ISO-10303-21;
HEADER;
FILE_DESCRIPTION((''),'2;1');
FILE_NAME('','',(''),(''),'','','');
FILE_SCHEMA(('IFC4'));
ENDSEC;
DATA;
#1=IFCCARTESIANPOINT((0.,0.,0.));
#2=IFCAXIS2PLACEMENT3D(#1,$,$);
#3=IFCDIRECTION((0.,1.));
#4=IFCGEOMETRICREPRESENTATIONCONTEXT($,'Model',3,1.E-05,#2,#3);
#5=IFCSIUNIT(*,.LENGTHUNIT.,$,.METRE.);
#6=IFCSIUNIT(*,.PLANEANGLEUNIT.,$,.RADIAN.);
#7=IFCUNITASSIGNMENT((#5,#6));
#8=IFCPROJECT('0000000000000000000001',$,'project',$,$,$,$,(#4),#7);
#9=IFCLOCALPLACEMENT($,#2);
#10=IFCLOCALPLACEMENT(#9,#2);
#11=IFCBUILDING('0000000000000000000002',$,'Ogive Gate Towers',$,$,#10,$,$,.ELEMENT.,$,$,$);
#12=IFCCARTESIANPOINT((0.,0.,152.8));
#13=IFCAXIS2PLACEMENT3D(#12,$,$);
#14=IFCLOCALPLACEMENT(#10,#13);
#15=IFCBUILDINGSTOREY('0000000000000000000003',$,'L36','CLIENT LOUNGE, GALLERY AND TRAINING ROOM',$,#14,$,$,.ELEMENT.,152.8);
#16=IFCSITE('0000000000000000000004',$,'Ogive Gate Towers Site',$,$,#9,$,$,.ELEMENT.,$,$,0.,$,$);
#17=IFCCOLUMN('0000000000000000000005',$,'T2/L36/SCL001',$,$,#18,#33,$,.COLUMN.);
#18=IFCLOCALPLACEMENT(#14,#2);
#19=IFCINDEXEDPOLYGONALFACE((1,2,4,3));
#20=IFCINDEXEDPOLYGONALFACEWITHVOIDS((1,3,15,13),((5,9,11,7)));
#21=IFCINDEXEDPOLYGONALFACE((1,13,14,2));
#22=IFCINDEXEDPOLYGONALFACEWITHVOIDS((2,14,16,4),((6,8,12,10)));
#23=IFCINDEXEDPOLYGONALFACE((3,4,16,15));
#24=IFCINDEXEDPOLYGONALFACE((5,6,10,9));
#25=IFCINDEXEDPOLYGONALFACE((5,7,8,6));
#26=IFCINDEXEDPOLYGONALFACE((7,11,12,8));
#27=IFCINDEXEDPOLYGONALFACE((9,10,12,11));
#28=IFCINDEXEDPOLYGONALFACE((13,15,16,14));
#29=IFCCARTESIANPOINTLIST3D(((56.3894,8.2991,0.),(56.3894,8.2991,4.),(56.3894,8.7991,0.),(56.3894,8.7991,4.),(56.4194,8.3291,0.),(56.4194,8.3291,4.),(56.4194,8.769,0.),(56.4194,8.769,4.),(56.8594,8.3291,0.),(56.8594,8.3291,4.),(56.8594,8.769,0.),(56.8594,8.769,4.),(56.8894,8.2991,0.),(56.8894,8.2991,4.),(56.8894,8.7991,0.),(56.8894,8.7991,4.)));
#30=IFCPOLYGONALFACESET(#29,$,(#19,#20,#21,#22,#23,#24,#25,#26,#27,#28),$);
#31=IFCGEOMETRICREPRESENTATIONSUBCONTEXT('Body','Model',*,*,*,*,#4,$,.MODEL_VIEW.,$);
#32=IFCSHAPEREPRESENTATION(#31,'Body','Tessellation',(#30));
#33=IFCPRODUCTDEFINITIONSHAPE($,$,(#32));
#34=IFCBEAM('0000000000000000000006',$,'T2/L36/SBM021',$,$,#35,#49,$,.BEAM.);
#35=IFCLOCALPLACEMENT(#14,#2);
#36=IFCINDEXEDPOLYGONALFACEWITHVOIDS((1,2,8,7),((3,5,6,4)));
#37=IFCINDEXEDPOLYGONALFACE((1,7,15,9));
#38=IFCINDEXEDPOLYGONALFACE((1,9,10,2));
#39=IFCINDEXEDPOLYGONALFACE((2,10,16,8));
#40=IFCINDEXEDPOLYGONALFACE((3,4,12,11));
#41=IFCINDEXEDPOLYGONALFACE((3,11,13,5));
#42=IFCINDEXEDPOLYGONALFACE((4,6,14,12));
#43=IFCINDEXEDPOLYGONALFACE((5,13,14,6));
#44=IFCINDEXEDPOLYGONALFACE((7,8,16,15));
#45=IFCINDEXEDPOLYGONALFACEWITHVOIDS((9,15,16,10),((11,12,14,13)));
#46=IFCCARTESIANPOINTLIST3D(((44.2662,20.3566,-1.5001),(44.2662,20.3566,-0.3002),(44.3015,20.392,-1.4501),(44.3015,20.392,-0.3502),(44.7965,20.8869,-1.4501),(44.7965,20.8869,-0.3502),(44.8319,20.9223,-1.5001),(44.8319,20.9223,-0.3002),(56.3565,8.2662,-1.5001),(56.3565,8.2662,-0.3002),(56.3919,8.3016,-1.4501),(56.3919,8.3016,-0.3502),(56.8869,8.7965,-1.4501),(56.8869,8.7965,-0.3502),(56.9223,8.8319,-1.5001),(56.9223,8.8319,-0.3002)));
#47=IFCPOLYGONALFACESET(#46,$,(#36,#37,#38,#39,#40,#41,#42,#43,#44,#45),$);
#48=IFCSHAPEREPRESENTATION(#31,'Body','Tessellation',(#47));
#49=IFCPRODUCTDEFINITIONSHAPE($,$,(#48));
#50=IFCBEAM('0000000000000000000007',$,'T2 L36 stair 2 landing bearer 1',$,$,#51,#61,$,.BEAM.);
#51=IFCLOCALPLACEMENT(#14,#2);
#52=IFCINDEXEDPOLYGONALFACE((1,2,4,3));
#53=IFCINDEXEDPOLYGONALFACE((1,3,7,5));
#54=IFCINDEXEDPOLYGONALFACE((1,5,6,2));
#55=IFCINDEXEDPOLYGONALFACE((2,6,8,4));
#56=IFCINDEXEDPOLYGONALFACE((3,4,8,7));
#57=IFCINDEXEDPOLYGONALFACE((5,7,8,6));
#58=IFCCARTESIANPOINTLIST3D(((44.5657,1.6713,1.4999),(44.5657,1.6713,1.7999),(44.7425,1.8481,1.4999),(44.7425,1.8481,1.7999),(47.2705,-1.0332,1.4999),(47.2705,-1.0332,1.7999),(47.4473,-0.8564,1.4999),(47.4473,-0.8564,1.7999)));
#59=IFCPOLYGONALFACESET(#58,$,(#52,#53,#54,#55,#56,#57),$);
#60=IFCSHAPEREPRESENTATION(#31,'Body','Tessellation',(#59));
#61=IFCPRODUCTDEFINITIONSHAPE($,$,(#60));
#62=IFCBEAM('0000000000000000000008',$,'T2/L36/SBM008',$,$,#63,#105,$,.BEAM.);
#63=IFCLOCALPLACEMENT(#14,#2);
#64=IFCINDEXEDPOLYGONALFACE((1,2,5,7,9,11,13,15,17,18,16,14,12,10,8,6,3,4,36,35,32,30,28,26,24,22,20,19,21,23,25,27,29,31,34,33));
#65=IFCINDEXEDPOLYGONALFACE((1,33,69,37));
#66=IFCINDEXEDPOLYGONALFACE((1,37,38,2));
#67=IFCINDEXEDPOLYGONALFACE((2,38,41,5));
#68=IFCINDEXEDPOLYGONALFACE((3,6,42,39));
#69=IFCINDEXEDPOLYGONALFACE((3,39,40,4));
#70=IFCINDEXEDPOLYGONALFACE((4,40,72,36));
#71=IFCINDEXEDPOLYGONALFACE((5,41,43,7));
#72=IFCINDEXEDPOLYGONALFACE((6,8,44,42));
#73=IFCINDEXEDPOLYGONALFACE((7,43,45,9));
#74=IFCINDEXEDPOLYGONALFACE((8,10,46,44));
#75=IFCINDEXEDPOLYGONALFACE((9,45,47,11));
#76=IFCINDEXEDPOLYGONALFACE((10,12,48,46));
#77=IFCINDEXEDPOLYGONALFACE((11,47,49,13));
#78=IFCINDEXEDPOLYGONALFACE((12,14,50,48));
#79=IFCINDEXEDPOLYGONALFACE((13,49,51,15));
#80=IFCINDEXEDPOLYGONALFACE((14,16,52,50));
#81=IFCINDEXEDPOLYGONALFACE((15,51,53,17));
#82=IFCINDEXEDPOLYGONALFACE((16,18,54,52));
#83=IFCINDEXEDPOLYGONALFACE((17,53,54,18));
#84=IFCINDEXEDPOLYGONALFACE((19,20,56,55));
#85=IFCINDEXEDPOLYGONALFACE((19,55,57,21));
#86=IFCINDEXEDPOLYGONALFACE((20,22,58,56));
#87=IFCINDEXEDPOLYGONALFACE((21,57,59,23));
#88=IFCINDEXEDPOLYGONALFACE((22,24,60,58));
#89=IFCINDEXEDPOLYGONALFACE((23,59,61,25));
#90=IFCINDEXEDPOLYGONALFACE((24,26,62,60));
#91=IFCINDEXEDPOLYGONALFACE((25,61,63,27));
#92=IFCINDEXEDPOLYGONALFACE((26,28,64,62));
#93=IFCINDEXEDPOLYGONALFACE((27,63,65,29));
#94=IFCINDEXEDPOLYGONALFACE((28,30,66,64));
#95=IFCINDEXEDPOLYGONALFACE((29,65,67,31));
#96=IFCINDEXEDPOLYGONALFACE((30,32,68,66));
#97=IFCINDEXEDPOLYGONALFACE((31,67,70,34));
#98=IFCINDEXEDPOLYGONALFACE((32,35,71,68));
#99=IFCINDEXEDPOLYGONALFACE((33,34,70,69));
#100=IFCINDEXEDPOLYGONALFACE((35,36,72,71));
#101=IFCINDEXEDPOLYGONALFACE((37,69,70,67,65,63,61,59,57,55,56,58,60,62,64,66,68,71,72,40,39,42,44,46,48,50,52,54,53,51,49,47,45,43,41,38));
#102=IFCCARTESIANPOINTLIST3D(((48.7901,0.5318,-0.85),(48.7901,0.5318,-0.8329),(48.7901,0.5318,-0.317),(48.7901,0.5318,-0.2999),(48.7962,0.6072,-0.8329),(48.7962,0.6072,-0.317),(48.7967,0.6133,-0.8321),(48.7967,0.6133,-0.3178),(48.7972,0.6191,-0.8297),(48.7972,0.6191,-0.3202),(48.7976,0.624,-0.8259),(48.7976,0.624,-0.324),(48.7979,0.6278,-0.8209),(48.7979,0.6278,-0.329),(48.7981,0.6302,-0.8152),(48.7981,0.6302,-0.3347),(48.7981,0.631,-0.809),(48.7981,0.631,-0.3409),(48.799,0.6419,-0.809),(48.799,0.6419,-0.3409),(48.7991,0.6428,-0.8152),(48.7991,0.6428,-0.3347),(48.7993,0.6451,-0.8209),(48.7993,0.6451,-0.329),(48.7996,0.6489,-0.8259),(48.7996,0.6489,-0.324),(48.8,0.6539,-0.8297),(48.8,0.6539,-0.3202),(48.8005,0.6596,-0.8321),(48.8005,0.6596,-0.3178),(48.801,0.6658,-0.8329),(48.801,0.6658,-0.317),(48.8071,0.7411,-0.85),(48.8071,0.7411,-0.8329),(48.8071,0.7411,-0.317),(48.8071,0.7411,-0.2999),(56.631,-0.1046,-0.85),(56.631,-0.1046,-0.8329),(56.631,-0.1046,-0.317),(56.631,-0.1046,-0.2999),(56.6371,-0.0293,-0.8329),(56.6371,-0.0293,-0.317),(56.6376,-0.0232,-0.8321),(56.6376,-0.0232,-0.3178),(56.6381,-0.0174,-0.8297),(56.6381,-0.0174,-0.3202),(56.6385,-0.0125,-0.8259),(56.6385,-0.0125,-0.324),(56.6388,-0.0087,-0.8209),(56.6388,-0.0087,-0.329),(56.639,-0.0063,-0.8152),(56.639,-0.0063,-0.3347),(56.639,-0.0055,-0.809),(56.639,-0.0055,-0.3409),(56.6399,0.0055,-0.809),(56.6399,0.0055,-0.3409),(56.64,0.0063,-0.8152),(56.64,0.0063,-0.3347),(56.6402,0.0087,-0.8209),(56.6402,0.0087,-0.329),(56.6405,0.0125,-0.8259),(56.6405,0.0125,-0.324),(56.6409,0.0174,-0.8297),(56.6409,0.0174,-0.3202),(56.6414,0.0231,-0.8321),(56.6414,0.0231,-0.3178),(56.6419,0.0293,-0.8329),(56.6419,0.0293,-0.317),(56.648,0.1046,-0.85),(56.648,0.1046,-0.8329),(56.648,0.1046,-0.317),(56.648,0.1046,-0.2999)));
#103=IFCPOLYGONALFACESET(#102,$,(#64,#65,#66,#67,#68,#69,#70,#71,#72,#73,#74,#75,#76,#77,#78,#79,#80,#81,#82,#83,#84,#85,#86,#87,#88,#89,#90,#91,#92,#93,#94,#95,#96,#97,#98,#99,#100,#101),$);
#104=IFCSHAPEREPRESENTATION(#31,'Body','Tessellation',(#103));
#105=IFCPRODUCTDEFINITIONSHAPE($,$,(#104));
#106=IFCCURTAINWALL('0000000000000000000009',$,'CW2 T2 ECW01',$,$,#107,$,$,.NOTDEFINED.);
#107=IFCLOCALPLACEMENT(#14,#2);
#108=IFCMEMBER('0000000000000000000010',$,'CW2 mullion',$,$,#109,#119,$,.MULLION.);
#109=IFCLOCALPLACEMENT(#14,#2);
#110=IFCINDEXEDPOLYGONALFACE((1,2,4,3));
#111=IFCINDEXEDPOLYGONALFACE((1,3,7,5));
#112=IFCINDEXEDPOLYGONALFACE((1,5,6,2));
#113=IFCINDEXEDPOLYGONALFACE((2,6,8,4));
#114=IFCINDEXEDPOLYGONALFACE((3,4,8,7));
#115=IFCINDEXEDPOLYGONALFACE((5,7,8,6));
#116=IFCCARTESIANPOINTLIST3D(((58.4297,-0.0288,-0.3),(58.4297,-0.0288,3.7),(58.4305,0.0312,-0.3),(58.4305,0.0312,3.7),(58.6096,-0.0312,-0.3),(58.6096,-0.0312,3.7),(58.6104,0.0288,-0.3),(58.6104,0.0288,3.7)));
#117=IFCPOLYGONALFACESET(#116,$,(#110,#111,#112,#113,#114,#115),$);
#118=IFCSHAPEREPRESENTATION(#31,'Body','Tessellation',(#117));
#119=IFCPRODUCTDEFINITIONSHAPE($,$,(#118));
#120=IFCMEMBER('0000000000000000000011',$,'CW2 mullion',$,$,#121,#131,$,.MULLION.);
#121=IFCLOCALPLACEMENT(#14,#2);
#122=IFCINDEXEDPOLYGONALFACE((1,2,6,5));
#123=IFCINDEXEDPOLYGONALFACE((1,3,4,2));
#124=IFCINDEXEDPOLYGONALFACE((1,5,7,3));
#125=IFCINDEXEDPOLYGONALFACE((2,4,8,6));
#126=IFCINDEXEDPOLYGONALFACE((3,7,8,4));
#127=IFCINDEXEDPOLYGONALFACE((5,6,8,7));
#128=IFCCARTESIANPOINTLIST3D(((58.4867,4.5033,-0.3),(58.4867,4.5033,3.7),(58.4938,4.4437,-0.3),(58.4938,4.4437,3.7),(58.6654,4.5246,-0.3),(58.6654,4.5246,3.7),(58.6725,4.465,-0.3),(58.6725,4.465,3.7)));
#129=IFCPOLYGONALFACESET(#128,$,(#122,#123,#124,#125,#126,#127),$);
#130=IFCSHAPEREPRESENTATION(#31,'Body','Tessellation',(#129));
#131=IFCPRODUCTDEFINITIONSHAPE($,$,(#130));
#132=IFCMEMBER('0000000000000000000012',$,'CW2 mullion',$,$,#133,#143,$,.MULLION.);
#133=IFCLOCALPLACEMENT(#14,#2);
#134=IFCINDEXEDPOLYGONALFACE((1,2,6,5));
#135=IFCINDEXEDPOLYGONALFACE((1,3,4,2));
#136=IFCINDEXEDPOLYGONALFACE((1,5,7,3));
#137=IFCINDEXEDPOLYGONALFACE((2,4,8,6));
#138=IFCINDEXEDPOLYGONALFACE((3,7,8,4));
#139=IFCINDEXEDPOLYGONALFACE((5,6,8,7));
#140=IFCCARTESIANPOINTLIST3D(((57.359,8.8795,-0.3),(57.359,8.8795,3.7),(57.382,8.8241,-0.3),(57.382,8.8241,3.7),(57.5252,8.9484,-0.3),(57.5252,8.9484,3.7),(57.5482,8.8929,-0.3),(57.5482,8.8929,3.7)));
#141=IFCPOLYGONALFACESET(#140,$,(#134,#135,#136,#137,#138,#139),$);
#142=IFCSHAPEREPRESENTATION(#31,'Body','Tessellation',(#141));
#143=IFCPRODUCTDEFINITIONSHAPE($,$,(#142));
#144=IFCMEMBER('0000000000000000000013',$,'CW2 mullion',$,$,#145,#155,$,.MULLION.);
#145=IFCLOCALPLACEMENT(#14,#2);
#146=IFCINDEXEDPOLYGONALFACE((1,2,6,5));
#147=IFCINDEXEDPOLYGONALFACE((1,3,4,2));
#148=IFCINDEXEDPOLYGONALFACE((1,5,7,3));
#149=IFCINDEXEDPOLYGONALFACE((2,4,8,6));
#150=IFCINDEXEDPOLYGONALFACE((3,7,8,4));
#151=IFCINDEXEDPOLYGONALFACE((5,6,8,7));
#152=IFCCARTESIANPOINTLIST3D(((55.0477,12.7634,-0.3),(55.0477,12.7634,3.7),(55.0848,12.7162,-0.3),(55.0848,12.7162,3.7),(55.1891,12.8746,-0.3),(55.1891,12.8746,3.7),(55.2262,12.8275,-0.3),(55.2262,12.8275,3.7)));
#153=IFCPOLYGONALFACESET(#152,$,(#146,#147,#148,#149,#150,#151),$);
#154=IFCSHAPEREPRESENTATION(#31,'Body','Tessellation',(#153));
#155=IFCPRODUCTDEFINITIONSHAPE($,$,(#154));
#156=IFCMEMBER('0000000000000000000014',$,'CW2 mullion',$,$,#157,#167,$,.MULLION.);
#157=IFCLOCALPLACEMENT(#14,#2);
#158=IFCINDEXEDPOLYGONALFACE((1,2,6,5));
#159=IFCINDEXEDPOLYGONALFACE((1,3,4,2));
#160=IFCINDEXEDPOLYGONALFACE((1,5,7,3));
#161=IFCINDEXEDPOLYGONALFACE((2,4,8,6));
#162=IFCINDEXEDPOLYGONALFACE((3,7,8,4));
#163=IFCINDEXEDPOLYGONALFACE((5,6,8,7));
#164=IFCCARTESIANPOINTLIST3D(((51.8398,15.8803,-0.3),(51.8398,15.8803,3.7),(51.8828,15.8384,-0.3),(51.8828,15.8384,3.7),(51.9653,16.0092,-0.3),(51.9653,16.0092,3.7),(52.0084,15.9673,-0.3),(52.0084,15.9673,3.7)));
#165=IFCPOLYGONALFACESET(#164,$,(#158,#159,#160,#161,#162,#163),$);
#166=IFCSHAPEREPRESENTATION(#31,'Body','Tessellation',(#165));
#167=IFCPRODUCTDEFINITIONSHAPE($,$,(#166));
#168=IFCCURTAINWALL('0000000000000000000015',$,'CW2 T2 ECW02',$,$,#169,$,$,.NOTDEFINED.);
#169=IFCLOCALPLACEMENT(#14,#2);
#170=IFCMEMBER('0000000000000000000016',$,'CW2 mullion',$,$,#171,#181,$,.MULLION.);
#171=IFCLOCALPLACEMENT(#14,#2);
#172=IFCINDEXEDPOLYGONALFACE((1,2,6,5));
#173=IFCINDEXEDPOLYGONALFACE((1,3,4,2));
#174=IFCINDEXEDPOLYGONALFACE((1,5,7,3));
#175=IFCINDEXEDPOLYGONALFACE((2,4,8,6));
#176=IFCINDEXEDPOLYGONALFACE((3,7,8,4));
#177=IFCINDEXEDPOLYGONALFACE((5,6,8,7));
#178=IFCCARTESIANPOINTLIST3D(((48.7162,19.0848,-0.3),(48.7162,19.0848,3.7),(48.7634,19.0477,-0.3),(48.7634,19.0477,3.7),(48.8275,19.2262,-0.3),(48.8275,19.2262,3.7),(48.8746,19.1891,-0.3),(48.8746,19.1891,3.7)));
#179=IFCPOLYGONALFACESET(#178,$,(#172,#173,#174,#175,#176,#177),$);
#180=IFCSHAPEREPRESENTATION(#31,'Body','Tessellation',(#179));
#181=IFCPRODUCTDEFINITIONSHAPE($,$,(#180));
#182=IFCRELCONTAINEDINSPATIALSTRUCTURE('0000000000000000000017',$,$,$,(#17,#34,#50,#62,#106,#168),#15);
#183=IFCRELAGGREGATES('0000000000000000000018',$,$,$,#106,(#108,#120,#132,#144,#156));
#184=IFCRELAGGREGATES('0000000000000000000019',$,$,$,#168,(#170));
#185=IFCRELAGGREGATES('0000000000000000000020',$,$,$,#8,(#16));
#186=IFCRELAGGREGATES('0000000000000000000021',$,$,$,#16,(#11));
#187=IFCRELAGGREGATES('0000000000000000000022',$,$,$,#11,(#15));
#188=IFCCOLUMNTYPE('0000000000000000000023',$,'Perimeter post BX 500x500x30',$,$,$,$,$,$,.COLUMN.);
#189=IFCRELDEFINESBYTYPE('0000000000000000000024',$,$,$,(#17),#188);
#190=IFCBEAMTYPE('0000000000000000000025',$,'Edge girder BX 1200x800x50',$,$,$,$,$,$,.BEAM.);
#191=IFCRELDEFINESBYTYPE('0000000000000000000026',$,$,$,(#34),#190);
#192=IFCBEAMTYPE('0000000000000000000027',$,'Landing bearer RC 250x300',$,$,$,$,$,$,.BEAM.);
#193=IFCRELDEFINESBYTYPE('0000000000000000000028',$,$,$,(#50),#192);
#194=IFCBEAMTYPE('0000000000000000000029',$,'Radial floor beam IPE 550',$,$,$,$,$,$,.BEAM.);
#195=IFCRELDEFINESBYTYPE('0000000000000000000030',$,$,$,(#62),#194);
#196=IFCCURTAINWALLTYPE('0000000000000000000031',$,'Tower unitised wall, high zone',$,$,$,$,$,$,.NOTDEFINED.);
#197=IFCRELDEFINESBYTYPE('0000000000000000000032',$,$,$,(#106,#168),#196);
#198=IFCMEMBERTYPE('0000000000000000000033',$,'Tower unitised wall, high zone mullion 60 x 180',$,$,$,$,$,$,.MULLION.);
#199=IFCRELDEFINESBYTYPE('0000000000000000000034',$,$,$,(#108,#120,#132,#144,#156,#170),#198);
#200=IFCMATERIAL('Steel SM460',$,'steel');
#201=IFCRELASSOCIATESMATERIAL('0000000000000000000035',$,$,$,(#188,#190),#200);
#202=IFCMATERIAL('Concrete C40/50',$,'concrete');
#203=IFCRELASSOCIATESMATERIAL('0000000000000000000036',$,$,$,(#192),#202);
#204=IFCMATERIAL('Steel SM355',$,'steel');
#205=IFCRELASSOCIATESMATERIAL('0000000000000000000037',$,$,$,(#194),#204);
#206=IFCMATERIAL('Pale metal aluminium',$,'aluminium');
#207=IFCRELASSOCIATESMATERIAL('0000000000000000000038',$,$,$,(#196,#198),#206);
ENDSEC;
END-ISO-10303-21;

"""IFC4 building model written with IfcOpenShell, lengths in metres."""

from ifc_helpers import new_model, si_unit, direction, frame, origin, origin_2d, place, context, subcontext, project, spatial, rectangle, hollow_rectangle, i_section, extrude, material, material_profile, profile_set, type_object, element, aggregate, save


model = new_model("IFC4")

# Units and contexts
model_context = context("Model", 3, precision=1e-05, world=origin(), true_north=direction((0.0, 1.0)))
body_context = subcontext(model_context, "Body", "Model", "MODEL_VIEW")
ifc_project = project(units=[si_unit("LENGTHUNIT", "METRE"), si_unit("PLANEANGLEUNIT", "RADIAN")], contexts=[model_context])

# Site, building, storey
site_placement = place(None, origin())
site = spatial("IfcSite", under=ifc_project, at=site_placement, Name="Ogive Gate Towers Site", CompositionType="ELEMENT", RefElevation=0.0)
building_placement = place(site_placement, origin())
building = spatial("IfcBuilding", under=site, at=building_placement, Name="Ogive Gate Towers", CompositionType="ELEMENT")
storey_placement = place(building_placement, frame((0.0, 0.0, 152.8)))
storey = spatial("IfcBuildingStorey", under=building, at=storey_placement, Name="L36", Description="CLIENT LOUNGE, GALLERY AND TRAINING ROOM", CompositionType="ELEMENT", Elevation=152.8)

# Column
ifc_material_1 = material(Name="Steel SM460", Category="steel")
ifc_material_profile_1 = material_profile(ifc_material_1, hollow_rectangle(XDim=0.5, YDim=0.5, WallThickness=0.03, at=origin_2d()), Name="BX 500x500x30")
ifc_profile_set_1 = profile_set([ifc_material_profile_1], Name="Steel SM460")
column_type = type_object("IfcColumnType", Name="Perimeter post BX 500x500x30", PredefinedType="COLUMN", material=ifc_profile_set_1)
column_placement = place(storey_placement, frame((56.6394, 8.5491, 0.0), z_axis=(0.0, 0.0, 1.0), x_axis=(1.0, 0.0, 0.0)))
element("IfcColumn", 1, at=column_placement, inside=storey, type_object=column_type, Name="T2/L36/SCL001", PredefinedType="COLUMN", context=body_context, shape_type="SweptSolid", body=[
    extrude(hollow_rectangle(XDim=0.5, YDim=0.5, WallThickness=0.03, at=origin_2d()), origin(), (0.0, 0.0, 1.0), 4.0),
])

# Beams
ifc_material_profile_2 = material_profile(ifc_material_1, hollow_rectangle(XDim=0.8, YDim=1.2, WallThickness=0.05, at=origin_2d()), Name="BX 1200x800x50")
ifc_profile_set_2 = profile_set([ifc_material_profile_2], Name="Steel SM460")
beam_type_1 = type_object("IfcBeamType", Name="Edge girder BX 1200x800x50", PredefinedType="BEAM", material=ifc_profile_set_2)
beam_1_placement = place(storey_placement, frame((56.6394, 8.5491, -0.9001), z_axis=(-0.707107, 0.707107, 0.0), x_axis=(-0.707107, -0.707107, 0.0)))
element("IfcBeam", 2, at=beam_1_placement, inside=storey, type_object=beam_type_1, Name="T2/L36/SBM021", PredefinedType="BEAM", context=body_context, shape_type="SweptSolid", body=[
    extrude(hollow_rectangle(XDim=0.8, YDim=1.2, WallThickness=0.05, at=origin_2d()), origin(), (0.0, 0.0, 1.0), 17.0984),
])
ifc_material_2 = material(Name="Concrete C40/50", Category="concrete")
ifc_material_profile_3 = material_profile(ifc_material_2, rectangle(XDim=0.25, YDim=0.3, at=origin_2d()), Name="RC 250x300")
ifc_profile_set_3 = profile_set([ifc_material_profile_3], Name="Concrete C40/50")
beam_type_2 = type_object("IfcBeamType", Name="Landing bearer RC 250x300", PredefinedType="BEAM", material=ifc_profile_set_3)
beam_2_placement = place(storey_placement, frame((47.3589, -0.9448, 1.6499), z_axis=(-0.707139, 0.707075, 0.0), x_axis=(-0.707075, -0.707139, 0.0)))
element("IfcBeam", 3, at=beam_2_placement, inside=storey, type_object=beam_type_2, Name="T2 L36 stair 2 landing bearer 1", PredefinedType="BEAM", context=body_context, shape_type="SweptSolid", body=[
    extrude(rectangle(XDim=0.25, YDim=0.3, at=origin_2d()), origin(), (0.0, 0.0, 1.0), 3.825),
])
ifc_material_3 = material(Name="Steel SM355", Category="steel")
ifc_material_profile_4 = material_profile(ifc_material_3, i_section(OverallWidth=0.21, OverallDepth=0.55, WebThickness=0.011, FlangeThickness=0.0171, FilletRadius=0.0239, at=origin_2d()), Name="IPE 550")
ifc_profile_set_4 = profile_set([ifc_material_profile_4], Name="Steel SM355")
beam_type_3 = type_object("IfcBeamType", Name="Radial floor beam IPE 550", PredefinedType="BEAM", material=ifc_profile_set_4)
beam_3_placement = place(storey_placement, frame((48.7986, 0.6365, -0.575), z_axis=(0.996722, -0.080908, 0.0), x_axis=(0.080908, 0.996722, 0.0)))
element("IfcBeam", 4, at=beam_3_placement, inside=storey, type_object=beam_type_3, Name="T2/L36/SBM008", PredefinedType="BEAM", context=body_context, shape_type="SweptSolid", body=[
    extrude(i_section(OverallWidth=0.21, OverallDepth=0.55, WebThickness=0.011, FlangeThickness=0.0171, FilletRadius=0.0239, at=origin_2d()), origin(), (0.0, 0.0, 1.0), 7.8667),
])

# Curtain wall, members
ifc_material_4 = material(Name="Pale metal aluminium", Category="aluminium")
curtain_wall_type = type_object("IfcCurtainWallType", Name="Tower unitised wall, high zone", PredefinedType="NOTDEFINED", material=ifc_material_4)
curtain_wall_1_placement = place(storey_placement, origin())
curtain_wall_1 = element("IfcCurtainWall", 5, at=curtain_wall_1_placement, inside=storey, type_object=curtain_wall_type, Name="CW2 T2 ECW01", PredefinedType="NOTDEFINED")
ifc_material_profile_5 = material_profile(ifc_material_4, rectangle(XDim=0.1799, YDim=0.0601, at=origin_2d()), Name="60 x 180 aluminium box")
ifc_profile_set_5 = profile_set([ifc_material_profile_5], Name="Pale metal aluminium")
member_type_1 = type_object("IfcMemberType", Name="Tower unitised wall, high zone mullion 60 x 180", PredefinedType="MULLION", material=ifc_profile_set_5)
member_1_placement = place(storey_placement, frame((58.52, 0.0, -0.3), z_axis=(0.0, 0.0, 1.0), x_axis=(0.999912, -0.013282, 0.0)))
member_1 = element("IfcMember", 6, at=member_1_placement, type_object=member_type_1, Name="CW2 mullion", PredefinedType="MULLION", context=body_context, shape_type="SweptSolid", body=[
    extrude(rectangle(XDim=0.1799, YDim=0.0601, at=origin_2d()), origin(), (0.0, 0.0, 1.0), 4.0),
])
member_2_placement = place(storey_placement, frame((58.5796, 4.4841, -0.3), z_axis=(0.0, 0.0, 1.0), x_axis=(0.992976, 0.118317, 0.0)))
member_2 = element("IfcMember", 7, at=member_2_placement, type_object=member_type_1, Name="CW2 mullion", PredefinedType="MULLION", context=body_context, shape_type="SweptSolid", body=[
    extrude(rectangle(XDim=0.1799, YDim=0.0601, at=origin_2d()), origin(), (0.0, 0.0, 1.0), 4.0),
])
member_3_placement = place(storey_placement, frame((57.4536, 8.8862, -0.3), z_axis=(0.0, 0.0, 1.0), x_axis=(0.92388, 0.382683, 0.0)))
member_3 = element("IfcMember", 8, at=member_3_placement, type_object=member_type_1, Name="CW2 mullion", PredefinedType="MULLION", context=body_context, shape_type="SweptSolid", body=[
    extrude(rectangle(XDim=0.1799, YDim=0.0601, at=origin_2d()), origin(), (0.0, 0.0, 1.0), 4.0),
])
member_4_placement = place(storey_placement, frame((55.137, 12.7954, -0.3), z_axis=(0.0, 0.0, 1.0), x_axis=(0.785803, 0.618477, 0.0)))
member_4 = element("IfcMember", 9, at=member_4_placement, type_object=member_type_1, Name="CW2 mullion", PredefinedType="MULLION", context=body_context, shape_type="SweptSolid", body=[
    extrude(rectangle(XDim=0.1799, YDim=0.0601, at=origin_2d()), origin(), (0.0, 0.0, 1.0), 4.0),
])
member_5_placement = place(storey_placement, frame((51.9241, 15.9238, -0.3), z_axis=(0.0, 0.0, 1.0), x_axis=(0.697653, 0.716436, 0.0)))
member_5 = element("IfcMember", 10, at=member_5_placement, type_object=member_type_1, Name="CW2 mullion", PredefinedType="MULLION", context=body_context, shape_type="SweptSolid", body=[
    extrude(rectangle(XDim=0.1799, YDim=0.0601, at=origin_2d()), origin(), (0.0, 0.0, 1.0), 4.0),
])

# Curtain wall, member
curtain_wall_2_placement = place(storey_placement, origin())
curtain_wall_2 = element("IfcCurtainWall", 11, at=curtain_wall_2_placement, inside=storey, type_object=curtain_wall_type, Name="CW2 T2 ECW02", PredefinedType="NOTDEFINED")
member_6_placement = place(storey_placement, frame((48.7954, 19.137, -0.3), z_axis=(0.0, 0.0, 1.0), x_axis=(0.618477, 0.785803, 0.0)))
member_6 = element("IfcMember", 12, at=member_6_placement, type_object=member_type_1, Name="CW2 mullion", PredefinedType="MULLION", context=body_context, shape_type="SweptSolid", body=[
    extrude(rectangle(XDim=0.1799, YDim=0.0601, at=origin_2d()), origin(), (0.0, 0.0, 1.0), 4.0),
])

aggregate(curtain_wall_1, [member_1, member_2, member_3, member_4, member_5])
aggregate(curtain_wall_2, [member_6])

save(model, "model.ifc")
